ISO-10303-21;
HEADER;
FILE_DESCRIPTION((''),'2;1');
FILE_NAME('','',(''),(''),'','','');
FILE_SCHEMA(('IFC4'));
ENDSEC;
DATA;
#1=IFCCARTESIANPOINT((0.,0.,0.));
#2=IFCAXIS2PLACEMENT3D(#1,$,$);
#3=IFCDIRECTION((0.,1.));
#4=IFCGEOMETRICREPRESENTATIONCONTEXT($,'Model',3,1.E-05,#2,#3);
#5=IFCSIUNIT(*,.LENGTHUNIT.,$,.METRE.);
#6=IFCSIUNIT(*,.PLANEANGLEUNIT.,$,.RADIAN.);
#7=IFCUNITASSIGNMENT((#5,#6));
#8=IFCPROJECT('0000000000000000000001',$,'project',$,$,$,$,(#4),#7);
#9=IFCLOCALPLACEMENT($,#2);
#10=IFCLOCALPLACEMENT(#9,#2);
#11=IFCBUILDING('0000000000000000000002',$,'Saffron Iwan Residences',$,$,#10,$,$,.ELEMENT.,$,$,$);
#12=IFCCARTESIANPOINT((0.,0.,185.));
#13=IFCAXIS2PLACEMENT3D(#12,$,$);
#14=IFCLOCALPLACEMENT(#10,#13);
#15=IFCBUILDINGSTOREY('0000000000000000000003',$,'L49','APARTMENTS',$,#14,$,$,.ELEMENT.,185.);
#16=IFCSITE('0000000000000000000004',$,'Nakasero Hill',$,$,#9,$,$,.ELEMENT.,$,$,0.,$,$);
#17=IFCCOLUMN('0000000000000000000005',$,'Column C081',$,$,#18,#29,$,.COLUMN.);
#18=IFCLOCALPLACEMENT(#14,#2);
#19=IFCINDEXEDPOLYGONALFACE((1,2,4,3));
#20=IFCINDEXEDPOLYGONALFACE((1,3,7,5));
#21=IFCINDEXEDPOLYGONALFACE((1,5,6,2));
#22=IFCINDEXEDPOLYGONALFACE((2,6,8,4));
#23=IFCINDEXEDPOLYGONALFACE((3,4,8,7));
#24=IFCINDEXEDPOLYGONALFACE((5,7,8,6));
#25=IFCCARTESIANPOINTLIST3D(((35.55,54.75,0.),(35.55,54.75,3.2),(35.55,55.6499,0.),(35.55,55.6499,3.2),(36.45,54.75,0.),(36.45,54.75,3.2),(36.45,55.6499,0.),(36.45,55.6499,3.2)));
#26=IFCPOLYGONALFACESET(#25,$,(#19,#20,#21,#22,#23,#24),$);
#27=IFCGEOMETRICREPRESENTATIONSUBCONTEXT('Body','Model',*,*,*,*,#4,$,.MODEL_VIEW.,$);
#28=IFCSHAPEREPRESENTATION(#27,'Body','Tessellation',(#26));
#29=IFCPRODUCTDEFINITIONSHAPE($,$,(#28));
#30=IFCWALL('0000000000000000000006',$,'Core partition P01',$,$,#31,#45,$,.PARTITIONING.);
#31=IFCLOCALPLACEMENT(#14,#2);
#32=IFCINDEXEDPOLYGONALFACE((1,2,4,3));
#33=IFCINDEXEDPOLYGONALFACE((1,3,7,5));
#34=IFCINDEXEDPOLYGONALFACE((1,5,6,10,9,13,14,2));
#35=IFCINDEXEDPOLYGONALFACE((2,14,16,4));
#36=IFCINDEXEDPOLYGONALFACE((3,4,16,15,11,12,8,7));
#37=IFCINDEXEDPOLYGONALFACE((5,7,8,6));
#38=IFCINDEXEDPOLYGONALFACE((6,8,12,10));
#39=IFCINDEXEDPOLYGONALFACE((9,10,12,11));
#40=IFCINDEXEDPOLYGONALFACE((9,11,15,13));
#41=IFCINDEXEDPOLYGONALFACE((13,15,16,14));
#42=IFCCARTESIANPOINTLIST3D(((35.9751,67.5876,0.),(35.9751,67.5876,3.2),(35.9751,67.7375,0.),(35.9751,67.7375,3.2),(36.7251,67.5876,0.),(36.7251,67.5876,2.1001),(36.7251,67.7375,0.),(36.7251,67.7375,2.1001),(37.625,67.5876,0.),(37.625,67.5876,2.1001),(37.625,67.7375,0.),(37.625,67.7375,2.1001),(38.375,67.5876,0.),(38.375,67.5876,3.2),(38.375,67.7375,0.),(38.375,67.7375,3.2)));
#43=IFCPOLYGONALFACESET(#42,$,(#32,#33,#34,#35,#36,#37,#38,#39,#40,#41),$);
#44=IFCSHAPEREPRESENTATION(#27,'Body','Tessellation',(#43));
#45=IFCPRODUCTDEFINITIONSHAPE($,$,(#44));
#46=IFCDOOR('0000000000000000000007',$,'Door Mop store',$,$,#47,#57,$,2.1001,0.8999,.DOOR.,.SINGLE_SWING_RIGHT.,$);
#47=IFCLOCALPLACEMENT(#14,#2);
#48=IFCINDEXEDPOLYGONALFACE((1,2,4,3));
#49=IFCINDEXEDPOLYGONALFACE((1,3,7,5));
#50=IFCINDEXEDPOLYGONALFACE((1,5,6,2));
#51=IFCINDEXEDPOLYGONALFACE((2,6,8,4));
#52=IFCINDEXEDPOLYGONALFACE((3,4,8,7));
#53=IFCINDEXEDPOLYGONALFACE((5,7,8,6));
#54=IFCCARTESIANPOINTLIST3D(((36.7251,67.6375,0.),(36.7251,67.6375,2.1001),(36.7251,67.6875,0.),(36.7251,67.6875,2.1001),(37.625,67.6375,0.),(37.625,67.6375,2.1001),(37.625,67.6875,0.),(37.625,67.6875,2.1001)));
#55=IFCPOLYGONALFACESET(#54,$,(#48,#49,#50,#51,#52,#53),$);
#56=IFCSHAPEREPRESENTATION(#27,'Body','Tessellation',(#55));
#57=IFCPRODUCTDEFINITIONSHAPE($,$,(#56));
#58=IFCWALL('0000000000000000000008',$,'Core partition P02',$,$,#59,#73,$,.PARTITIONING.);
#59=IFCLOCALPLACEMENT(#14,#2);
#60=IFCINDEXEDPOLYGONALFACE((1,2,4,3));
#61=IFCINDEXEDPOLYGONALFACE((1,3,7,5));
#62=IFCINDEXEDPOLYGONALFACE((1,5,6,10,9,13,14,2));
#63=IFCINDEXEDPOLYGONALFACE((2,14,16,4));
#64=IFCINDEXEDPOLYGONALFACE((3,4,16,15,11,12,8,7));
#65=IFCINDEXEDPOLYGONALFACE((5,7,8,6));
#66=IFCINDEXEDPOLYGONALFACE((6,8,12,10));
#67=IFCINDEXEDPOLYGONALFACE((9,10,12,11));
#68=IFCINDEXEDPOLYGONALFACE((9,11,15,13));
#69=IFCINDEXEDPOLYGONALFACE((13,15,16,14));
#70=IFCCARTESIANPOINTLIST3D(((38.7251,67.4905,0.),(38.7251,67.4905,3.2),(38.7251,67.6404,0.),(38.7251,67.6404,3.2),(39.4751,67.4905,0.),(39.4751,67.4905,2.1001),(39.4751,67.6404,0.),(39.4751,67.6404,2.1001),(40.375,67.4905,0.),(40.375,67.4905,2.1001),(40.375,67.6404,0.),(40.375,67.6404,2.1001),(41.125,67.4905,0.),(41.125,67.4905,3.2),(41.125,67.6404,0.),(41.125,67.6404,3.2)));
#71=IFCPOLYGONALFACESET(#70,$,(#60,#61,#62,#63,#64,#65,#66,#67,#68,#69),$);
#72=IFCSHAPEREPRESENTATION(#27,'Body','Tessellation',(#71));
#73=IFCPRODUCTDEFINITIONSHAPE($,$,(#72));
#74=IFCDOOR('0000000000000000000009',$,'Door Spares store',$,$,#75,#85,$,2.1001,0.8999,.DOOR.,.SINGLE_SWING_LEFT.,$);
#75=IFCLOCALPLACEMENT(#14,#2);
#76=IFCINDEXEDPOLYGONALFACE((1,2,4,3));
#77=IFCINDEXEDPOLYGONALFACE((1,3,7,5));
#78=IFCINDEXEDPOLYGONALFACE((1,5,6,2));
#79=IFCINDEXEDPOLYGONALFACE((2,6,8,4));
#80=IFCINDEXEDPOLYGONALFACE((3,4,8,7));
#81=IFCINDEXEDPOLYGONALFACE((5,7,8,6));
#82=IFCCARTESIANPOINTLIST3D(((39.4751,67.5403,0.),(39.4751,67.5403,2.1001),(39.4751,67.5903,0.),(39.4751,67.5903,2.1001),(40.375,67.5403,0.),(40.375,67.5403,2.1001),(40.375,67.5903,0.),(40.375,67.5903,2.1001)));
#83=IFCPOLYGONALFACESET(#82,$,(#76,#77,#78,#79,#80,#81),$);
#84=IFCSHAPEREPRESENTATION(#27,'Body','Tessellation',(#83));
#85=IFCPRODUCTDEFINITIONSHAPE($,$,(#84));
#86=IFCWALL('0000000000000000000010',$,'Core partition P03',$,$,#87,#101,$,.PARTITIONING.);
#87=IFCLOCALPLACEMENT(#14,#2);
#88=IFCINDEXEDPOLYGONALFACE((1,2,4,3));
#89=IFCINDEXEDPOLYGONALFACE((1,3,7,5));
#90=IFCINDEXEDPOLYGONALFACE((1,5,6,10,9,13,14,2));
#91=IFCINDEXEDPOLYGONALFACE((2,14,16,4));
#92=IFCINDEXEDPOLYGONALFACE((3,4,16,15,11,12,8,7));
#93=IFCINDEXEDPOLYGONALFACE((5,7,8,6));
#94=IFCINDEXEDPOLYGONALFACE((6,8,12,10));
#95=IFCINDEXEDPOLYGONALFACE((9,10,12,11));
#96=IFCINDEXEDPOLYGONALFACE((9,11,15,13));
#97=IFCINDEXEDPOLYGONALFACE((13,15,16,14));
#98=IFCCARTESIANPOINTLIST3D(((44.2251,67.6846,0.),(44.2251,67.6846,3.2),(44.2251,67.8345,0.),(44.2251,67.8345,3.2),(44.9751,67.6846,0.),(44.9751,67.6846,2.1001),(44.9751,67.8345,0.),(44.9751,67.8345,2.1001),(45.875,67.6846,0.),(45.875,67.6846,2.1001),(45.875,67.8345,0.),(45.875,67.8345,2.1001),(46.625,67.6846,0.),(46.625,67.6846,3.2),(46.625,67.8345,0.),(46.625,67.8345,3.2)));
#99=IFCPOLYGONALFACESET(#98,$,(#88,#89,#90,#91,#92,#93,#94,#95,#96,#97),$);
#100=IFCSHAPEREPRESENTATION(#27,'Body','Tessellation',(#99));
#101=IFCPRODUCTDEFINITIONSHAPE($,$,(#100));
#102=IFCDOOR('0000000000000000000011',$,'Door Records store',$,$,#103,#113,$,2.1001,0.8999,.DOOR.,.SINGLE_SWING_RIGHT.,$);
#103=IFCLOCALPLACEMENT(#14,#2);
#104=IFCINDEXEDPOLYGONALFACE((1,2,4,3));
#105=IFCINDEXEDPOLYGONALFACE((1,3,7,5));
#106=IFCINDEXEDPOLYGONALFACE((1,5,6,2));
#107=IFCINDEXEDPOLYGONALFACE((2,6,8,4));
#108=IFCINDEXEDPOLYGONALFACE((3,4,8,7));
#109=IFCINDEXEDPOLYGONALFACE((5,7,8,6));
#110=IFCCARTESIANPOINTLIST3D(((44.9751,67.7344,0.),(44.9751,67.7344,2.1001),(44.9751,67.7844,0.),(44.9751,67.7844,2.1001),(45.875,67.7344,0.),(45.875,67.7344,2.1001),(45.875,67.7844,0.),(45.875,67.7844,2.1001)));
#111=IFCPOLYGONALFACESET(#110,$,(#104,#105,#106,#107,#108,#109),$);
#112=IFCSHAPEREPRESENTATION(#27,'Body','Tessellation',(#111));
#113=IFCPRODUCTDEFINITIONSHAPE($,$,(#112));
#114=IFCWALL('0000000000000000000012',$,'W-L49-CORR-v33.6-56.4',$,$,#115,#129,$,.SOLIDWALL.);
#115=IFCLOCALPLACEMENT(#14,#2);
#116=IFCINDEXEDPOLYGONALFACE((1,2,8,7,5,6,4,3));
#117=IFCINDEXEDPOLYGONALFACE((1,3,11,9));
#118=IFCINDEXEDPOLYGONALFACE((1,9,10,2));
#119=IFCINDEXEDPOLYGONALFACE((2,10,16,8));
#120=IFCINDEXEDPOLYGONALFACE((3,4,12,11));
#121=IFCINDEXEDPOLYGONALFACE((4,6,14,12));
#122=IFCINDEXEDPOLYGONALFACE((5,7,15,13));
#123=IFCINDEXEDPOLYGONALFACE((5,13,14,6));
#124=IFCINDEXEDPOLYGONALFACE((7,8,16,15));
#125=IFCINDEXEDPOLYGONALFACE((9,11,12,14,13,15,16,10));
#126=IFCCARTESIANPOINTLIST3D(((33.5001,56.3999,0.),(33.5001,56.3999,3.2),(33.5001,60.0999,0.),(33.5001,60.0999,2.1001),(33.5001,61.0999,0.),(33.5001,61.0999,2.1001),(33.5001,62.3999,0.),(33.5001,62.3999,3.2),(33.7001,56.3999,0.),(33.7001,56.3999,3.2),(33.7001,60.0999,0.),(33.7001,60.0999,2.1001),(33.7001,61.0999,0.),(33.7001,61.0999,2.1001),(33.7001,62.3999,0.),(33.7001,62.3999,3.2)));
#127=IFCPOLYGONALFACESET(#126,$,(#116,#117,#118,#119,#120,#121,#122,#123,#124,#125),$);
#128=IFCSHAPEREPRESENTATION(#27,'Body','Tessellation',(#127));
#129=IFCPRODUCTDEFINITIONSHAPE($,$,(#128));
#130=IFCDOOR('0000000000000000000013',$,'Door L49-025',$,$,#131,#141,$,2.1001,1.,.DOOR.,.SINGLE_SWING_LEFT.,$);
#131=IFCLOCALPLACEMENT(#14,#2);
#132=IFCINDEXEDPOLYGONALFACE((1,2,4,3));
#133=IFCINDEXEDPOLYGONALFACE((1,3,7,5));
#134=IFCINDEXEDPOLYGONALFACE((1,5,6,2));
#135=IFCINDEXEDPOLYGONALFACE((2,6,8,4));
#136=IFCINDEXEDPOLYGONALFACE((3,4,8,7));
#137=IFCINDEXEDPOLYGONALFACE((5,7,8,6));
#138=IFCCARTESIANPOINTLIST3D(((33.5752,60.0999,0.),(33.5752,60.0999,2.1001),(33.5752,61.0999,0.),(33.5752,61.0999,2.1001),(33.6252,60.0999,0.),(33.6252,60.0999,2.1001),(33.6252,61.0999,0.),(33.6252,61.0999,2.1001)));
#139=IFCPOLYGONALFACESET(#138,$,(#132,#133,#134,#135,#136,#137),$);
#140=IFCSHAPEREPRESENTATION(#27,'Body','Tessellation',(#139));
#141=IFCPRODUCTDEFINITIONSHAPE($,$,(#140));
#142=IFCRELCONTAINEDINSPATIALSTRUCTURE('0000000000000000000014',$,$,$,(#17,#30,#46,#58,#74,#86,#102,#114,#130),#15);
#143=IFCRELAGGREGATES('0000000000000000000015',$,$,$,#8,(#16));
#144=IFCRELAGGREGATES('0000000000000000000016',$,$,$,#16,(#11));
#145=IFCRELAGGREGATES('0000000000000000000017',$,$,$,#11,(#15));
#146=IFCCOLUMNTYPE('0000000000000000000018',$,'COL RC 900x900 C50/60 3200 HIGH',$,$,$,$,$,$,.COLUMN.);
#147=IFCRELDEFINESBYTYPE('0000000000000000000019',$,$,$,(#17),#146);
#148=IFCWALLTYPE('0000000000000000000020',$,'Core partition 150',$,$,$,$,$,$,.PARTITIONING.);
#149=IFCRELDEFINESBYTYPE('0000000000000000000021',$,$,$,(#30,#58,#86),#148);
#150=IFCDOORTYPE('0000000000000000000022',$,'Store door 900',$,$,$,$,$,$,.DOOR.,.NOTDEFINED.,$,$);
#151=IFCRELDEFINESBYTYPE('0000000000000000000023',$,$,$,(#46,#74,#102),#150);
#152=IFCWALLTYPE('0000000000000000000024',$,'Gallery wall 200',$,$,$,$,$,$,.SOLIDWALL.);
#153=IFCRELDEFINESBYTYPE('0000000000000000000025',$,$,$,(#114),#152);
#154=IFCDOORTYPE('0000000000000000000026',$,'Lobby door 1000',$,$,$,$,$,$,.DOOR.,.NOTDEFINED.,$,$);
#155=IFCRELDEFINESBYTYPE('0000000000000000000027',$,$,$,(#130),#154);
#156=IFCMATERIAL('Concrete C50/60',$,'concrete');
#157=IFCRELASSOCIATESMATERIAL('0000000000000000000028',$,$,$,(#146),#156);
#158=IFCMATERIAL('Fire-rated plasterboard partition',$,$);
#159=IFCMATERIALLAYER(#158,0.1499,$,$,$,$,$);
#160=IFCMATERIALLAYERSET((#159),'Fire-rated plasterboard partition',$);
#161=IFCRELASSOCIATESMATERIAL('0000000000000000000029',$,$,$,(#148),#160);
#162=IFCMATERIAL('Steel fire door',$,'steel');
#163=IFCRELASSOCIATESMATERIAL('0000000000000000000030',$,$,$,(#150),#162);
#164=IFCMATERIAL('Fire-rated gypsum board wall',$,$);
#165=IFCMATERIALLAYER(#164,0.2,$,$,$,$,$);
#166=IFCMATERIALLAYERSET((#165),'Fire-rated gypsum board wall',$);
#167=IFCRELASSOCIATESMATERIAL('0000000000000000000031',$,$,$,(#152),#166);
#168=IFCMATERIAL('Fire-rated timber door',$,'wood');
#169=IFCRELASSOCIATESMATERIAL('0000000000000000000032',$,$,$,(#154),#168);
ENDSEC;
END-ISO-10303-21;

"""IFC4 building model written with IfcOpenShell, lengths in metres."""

from ifc_helpers import new_model, si_unit, direction, frame, frame_2d, origin, origin_2d, place, context, subcontext, project, spatial, rectangle, extrude, source, transform, mapped, material, layer, layer_set, material_profile, profile_set, type_object, element, fill, save


model = new_model("IFC4")

# Units and contexts
model_context = context("Model", 3, precision=1e-05, world=origin(), true_north=direction((0.0, 1.0)))
body_context = subcontext(model_context, "Body", "Model", "MODEL_VIEW")
ifc_project = project(units=[si_unit("LENGTHUNIT", "METRE"), si_unit("PLANEANGLEUNIT", "RADIAN")], contexts=[model_context])

# Site, building, storey
site_placement = place(None, origin())
site = spatial("IfcSite", under=ifc_project, at=site_placement, Name="Nakasero Hill", CompositionType="ELEMENT", RefElevation=0.0)
building_placement = place(site_placement, origin())
building = spatial("IfcBuilding", under=site, at=building_placement, Name="Saffron Iwan Residences", CompositionType="ELEMENT")
storey_placement = place(building_placement, frame((0.0, 0.0, 185.0)))
storey = spatial("IfcBuildingStorey", under=building, at=storey_placement, Name="L49", Description="APARTMENTS", CompositionType="ELEMENT", Elevation=185.0)

# Column
ifc_material_1 = material(Name="Concrete C50/60", Category="concrete")
ifc_material_profile = material_profile(ifc_material_1, rectangle(XDim=0.8999, YDim=0.8999, at=origin_2d()), Name="RC 900x900")
ifc_profile_set = profile_set([ifc_material_profile], Name="Concrete C50/60")
column_type = type_object("IfcColumnType", Name="COL RC 900x900 C50/60 3200 HIGH", PredefinedType="COLUMN", material=ifc_profile_set)
shared_shape = source(origin(), body_context, "Body", "SweptSolid", [
    extrude(rectangle(XDim=0.8999, YDim=0.8999, at=origin_2d()), origin(), (0.0, 0.0, 1.0), 3.2),
])
column_placement = place(storey_placement, frame((36.0, 55.2, 0.0), z_axis=(0.0, 0.0, 1.0), x_axis=(1.0, 0.0, 0.0)))
element("IfcColumn", 1, at=column_placement, inside=storey, type_object=column_type, Name="Column C081", PredefinedType="COLUMN", context=body_context, shape_type="MappedRepresentation", body=[
    mapped(shared_shape, transform((0.0, 0.0, 0.0))),
])

# Walls, openings, doors
ifc_material_2 = material(Name="Fire-rated plasterboard partition")
ifc_layer_1 = layer(ifc_material_2, 0.1499)
ifc_layer_set_1 = layer_set([ifc_layer_1], Name="Fire-rated plasterboard partition")
wall_type_1 = type_object("IfcWallType", Name="Core partition 150", PredefinedType="PARTITIONING", material=ifc_layer_set_1)
wall_1_placement = place(storey_placement, frame((35.9751, 67.6626, 0.0), z_axis=(0.0, 0.0, 1.0), x_axis=(1.0, 0.0, 0.0)))
wall_1 = element("IfcWall", 2, at=wall_1_placement, inside=storey, type_object=wall_type_1, Name="Core partition P01", PredefinedType="PARTITIONING", context=body_context, shape_type="SweptSolid", body=[
    extrude(rectangle(XDim=2.3999, YDim=0.1499, at=frame_2d((1.2, 0.0))), origin(), (0.0, 0.0, 1.0), 3.2),
])
opening_1_placement = place(wall_1_placement, frame((0.75, 0.0, 0.0)))
opening_1 = element("IfcOpeningElement", 3, at=opening_1_placement, cuts=wall_1, PredefinedType="OPENING", context=body_context, shape_type="SweptSolid", body=[
    extrude(rectangle(XDim=0.8999, YDim=2.1001, at=frame_2d((0.45, 1.05))), frame((0.0, 0.085, 0.0), z_axis=(0.0, -1.0, 0.0), x_axis=(1.0, 0.0, 0.0)), (0.0, 0.0, 1.0), 0.1699),
])
ifc_material_3 = material(Name="Steel fire door", Category="steel")
door_type_1 = type_object("IfcDoorType", Name="Store door 900", OperationType="NOTDEFINED", PredefinedType="DOOR", material=ifc_material_3)
door_1_placement = place(opening_1_placement, origin())
door_1 = element("IfcDoor", 4, at=door_1_placement, inside=storey, type_object=door_type_1, Name="Door Mop store", OperationType="SINGLE_SWING_RIGHT", OverallHeight=2.1001, OverallWidth=0.8999, PredefinedType="DOOR", context=body_context, shape_type="SweptSolid", body=[
    extrude(rectangle(XDim=0.8999, YDim=2.1001, at=frame_2d((0.45, 1.05))), frame((0.0, 0.0249, 0.0), z_axis=(0.0, -1.0, 0.0), x_axis=(1.0, 0.0, 0.0)), (0.0, 0.0, 1.0), 0.05),
])
fill(opening_1, door_1)
wall_2_placement = place(storey_placement, frame((38.7251, 67.5654, 0.0), z_axis=(0.0, 0.0, 1.0), x_axis=(1.0, 0.0, 0.0)))
wall_2 = element("IfcWall", 5, at=wall_2_placement, inside=storey, type_object=wall_type_1, Name="Core partition P02", PredefinedType="PARTITIONING", context=body_context, shape_type="SweptSolid", body=[
    extrude(rectangle(XDim=2.3999, YDim=0.1499, at=frame_2d((1.2, 0.0))), origin(), (0.0, 0.0, 1.0), 3.2),
])
opening_2_placement = place(wall_2_placement, frame((0.75, 0.0, 0.0)))
opening_2 = element("IfcOpeningElement", 6, at=opening_2_placement, cuts=wall_2, PredefinedType="OPENING", context=body_context, shape_type="SweptSolid", body=[
    extrude(rectangle(XDim=0.8999, YDim=2.1001, at=frame_2d((0.45, 1.05))), frame((0.0, 0.085, 0.0), z_axis=(0.0, -1.0, 0.0), x_axis=(1.0, 0.0, 0.0)), (0.0, 0.0, 1.0), 0.1699),
])
door_2_placement = place(opening_2_placement, origin())
door_2 = element("IfcDoor", 7, at=door_2_placement, inside=storey, type_object=door_type_1, Name="Door Spares store", OperationType="SINGLE_SWING_LEFT", OverallHeight=2.1001, OverallWidth=0.8999, PredefinedType="DOOR", context=body_context, shape_type="SweptSolid", body=[
    extrude(rectangle(XDim=0.8999, YDim=2.1001, at=frame_2d((0.45, 1.05))), frame((0.0, 0.0249, 0.0), z_axis=(0.0, -1.0, 0.0), x_axis=(1.0, 0.0, 0.0)), (0.0, 0.0, 1.0), 0.05),
])
fill(opening_2, door_2)
wall_3_placement = place(storey_placement, frame((44.2251, 67.7595, 0.0), z_axis=(0.0, 0.0, 1.0), x_axis=(1.0, 0.0, 0.0)))
wall_3 = element("IfcWall", 8, at=wall_3_placement, inside=storey, type_object=wall_type_1, Name="Core partition P03", PredefinedType="PARTITIONING", context=body_context, shape_type="SweptSolid", body=[
    extrude(rectangle(XDim=2.3999, YDim=0.1499, at=frame_2d((1.2, 0.0))), origin(), (0.0, 0.0, 1.0), 3.2),
])
opening_3_placement = place(wall_3_placement, frame((0.75, 0.0, 0.0)))
opening_3 = element("IfcOpeningElement", 9, at=opening_3_placement, cuts=wall_3, PredefinedType="OPENING", context=body_context, shape_type="SweptSolid", body=[
    extrude(rectangle(XDim=0.8999, YDim=2.1001, at=frame_2d((0.45, 1.05))), frame((0.0, 0.085, 0.0), z_axis=(0.0, -1.0, 0.0), x_axis=(1.0, 0.0, 0.0)), (0.0, 0.0, 1.0), 0.1699),
])
door_3_placement = place(opening_3_placement, origin())
door_3 = element("IfcDoor", 10, at=door_3_placement, inside=storey, type_object=door_type_1, Name="Door Records store", OperationType="SINGLE_SWING_RIGHT", OverallHeight=2.1001, OverallWidth=0.8999, PredefinedType="DOOR", context=body_context, shape_type="SweptSolid", body=[
    extrude(rectangle(XDim=0.8999, YDim=2.1001, at=frame_2d((0.45, 1.05))), frame((0.0, 0.0249, 0.0), z_axis=(0.0, -1.0, 0.0), x_axis=(1.0, 0.0, 0.0)), (0.0, 0.0, 1.0), 0.05),
])
fill(opening_3, door_3)
ifc_material_4 = material(Name="Fire-rated gypsum board wall")
ifc_layer_2 = layer(ifc_material_4, 0.2)
ifc_layer_set_2 = layer_set([ifc_layer_2], Name="Fire-rated gypsum board wall")
wall_type_2 = type_object("IfcWallType", Name="Gallery wall 200", PredefinedType="SOLIDWALL", material=ifc_layer_set_2)
wall_4_placement = place(storey_placement, frame((33.6001, 56.3999, 0.0), z_axis=(0.0, 0.0, 1.0), x_axis=(0.0, 1.0, 0.0)))
wall_4 = element("IfcWall", 11, at=wall_4_placement, inside=storey, type_object=wall_type_2, Name="W-L49-CORR-v33.6-56.4", PredefinedType="SOLIDWALL", context=body_context, shape_type="SweptSolid", body=[
    extrude(rectangle(XDim=6.0, YDim=0.2, at=frame_2d((3.0, 0.0))), origin(), (0.0, 0.0, 1.0), 3.2),
])
opening_4_placement = place(wall_4_placement, frame((3.7, 0.0, 0.0)))
opening_4 = element("IfcOpeningElement", 12, at=opening_4_placement, cuts=wall_4, PredefinedType="OPENING", context=body_context, shape_type="SweptSolid", body=[
    extrude(rectangle(XDim=1.0, YDim=2.1001, at=frame_2d((0.5, 1.05))), frame((0.0, 0.1099, 0.0), z_axis=(0.0, -1.0, 0.0), x_axis=(1.0, 0.0, 0.0)), (0.0, 0.0, 1.0), 0.22),
])
ifc_material_5 = material(Name="Fire-rated timber door", Category="wood")
door_type_2 = type_object("IfcDoorType", Name="Lobby door 1000", OperationType="NOTDEFINED", PredefinedType="DOOR", material=ifc_material_5)
door_4_placement = place(opening_4_placement, origin())
door_4 = element("IfcDoor", 13, at=door_4_placement, inside=storey, type_object=door_type_2, Name="Door L49-025", OperationType="SINGLE_SWING_LEFT", OverallHeight=2.1001, OverallWidth=1.0, PredefinedType="DOOR", context=body_context, shape_type="SweptSolid", body=[
    extrude(rectangle(XDim=1.0, YDim=2.1001, at=frame_2d((0.5, 1.05))), frame((0.0, 0.0249, 0.0), z_axis=(0.0, -1.0, 0.0), x_axis=(1.0, 0.0, 0.0)), (0.0, 0.0, 1.0), 0.05),
])
fill(opening_4, door_4)

save(model, "model.ifc")
